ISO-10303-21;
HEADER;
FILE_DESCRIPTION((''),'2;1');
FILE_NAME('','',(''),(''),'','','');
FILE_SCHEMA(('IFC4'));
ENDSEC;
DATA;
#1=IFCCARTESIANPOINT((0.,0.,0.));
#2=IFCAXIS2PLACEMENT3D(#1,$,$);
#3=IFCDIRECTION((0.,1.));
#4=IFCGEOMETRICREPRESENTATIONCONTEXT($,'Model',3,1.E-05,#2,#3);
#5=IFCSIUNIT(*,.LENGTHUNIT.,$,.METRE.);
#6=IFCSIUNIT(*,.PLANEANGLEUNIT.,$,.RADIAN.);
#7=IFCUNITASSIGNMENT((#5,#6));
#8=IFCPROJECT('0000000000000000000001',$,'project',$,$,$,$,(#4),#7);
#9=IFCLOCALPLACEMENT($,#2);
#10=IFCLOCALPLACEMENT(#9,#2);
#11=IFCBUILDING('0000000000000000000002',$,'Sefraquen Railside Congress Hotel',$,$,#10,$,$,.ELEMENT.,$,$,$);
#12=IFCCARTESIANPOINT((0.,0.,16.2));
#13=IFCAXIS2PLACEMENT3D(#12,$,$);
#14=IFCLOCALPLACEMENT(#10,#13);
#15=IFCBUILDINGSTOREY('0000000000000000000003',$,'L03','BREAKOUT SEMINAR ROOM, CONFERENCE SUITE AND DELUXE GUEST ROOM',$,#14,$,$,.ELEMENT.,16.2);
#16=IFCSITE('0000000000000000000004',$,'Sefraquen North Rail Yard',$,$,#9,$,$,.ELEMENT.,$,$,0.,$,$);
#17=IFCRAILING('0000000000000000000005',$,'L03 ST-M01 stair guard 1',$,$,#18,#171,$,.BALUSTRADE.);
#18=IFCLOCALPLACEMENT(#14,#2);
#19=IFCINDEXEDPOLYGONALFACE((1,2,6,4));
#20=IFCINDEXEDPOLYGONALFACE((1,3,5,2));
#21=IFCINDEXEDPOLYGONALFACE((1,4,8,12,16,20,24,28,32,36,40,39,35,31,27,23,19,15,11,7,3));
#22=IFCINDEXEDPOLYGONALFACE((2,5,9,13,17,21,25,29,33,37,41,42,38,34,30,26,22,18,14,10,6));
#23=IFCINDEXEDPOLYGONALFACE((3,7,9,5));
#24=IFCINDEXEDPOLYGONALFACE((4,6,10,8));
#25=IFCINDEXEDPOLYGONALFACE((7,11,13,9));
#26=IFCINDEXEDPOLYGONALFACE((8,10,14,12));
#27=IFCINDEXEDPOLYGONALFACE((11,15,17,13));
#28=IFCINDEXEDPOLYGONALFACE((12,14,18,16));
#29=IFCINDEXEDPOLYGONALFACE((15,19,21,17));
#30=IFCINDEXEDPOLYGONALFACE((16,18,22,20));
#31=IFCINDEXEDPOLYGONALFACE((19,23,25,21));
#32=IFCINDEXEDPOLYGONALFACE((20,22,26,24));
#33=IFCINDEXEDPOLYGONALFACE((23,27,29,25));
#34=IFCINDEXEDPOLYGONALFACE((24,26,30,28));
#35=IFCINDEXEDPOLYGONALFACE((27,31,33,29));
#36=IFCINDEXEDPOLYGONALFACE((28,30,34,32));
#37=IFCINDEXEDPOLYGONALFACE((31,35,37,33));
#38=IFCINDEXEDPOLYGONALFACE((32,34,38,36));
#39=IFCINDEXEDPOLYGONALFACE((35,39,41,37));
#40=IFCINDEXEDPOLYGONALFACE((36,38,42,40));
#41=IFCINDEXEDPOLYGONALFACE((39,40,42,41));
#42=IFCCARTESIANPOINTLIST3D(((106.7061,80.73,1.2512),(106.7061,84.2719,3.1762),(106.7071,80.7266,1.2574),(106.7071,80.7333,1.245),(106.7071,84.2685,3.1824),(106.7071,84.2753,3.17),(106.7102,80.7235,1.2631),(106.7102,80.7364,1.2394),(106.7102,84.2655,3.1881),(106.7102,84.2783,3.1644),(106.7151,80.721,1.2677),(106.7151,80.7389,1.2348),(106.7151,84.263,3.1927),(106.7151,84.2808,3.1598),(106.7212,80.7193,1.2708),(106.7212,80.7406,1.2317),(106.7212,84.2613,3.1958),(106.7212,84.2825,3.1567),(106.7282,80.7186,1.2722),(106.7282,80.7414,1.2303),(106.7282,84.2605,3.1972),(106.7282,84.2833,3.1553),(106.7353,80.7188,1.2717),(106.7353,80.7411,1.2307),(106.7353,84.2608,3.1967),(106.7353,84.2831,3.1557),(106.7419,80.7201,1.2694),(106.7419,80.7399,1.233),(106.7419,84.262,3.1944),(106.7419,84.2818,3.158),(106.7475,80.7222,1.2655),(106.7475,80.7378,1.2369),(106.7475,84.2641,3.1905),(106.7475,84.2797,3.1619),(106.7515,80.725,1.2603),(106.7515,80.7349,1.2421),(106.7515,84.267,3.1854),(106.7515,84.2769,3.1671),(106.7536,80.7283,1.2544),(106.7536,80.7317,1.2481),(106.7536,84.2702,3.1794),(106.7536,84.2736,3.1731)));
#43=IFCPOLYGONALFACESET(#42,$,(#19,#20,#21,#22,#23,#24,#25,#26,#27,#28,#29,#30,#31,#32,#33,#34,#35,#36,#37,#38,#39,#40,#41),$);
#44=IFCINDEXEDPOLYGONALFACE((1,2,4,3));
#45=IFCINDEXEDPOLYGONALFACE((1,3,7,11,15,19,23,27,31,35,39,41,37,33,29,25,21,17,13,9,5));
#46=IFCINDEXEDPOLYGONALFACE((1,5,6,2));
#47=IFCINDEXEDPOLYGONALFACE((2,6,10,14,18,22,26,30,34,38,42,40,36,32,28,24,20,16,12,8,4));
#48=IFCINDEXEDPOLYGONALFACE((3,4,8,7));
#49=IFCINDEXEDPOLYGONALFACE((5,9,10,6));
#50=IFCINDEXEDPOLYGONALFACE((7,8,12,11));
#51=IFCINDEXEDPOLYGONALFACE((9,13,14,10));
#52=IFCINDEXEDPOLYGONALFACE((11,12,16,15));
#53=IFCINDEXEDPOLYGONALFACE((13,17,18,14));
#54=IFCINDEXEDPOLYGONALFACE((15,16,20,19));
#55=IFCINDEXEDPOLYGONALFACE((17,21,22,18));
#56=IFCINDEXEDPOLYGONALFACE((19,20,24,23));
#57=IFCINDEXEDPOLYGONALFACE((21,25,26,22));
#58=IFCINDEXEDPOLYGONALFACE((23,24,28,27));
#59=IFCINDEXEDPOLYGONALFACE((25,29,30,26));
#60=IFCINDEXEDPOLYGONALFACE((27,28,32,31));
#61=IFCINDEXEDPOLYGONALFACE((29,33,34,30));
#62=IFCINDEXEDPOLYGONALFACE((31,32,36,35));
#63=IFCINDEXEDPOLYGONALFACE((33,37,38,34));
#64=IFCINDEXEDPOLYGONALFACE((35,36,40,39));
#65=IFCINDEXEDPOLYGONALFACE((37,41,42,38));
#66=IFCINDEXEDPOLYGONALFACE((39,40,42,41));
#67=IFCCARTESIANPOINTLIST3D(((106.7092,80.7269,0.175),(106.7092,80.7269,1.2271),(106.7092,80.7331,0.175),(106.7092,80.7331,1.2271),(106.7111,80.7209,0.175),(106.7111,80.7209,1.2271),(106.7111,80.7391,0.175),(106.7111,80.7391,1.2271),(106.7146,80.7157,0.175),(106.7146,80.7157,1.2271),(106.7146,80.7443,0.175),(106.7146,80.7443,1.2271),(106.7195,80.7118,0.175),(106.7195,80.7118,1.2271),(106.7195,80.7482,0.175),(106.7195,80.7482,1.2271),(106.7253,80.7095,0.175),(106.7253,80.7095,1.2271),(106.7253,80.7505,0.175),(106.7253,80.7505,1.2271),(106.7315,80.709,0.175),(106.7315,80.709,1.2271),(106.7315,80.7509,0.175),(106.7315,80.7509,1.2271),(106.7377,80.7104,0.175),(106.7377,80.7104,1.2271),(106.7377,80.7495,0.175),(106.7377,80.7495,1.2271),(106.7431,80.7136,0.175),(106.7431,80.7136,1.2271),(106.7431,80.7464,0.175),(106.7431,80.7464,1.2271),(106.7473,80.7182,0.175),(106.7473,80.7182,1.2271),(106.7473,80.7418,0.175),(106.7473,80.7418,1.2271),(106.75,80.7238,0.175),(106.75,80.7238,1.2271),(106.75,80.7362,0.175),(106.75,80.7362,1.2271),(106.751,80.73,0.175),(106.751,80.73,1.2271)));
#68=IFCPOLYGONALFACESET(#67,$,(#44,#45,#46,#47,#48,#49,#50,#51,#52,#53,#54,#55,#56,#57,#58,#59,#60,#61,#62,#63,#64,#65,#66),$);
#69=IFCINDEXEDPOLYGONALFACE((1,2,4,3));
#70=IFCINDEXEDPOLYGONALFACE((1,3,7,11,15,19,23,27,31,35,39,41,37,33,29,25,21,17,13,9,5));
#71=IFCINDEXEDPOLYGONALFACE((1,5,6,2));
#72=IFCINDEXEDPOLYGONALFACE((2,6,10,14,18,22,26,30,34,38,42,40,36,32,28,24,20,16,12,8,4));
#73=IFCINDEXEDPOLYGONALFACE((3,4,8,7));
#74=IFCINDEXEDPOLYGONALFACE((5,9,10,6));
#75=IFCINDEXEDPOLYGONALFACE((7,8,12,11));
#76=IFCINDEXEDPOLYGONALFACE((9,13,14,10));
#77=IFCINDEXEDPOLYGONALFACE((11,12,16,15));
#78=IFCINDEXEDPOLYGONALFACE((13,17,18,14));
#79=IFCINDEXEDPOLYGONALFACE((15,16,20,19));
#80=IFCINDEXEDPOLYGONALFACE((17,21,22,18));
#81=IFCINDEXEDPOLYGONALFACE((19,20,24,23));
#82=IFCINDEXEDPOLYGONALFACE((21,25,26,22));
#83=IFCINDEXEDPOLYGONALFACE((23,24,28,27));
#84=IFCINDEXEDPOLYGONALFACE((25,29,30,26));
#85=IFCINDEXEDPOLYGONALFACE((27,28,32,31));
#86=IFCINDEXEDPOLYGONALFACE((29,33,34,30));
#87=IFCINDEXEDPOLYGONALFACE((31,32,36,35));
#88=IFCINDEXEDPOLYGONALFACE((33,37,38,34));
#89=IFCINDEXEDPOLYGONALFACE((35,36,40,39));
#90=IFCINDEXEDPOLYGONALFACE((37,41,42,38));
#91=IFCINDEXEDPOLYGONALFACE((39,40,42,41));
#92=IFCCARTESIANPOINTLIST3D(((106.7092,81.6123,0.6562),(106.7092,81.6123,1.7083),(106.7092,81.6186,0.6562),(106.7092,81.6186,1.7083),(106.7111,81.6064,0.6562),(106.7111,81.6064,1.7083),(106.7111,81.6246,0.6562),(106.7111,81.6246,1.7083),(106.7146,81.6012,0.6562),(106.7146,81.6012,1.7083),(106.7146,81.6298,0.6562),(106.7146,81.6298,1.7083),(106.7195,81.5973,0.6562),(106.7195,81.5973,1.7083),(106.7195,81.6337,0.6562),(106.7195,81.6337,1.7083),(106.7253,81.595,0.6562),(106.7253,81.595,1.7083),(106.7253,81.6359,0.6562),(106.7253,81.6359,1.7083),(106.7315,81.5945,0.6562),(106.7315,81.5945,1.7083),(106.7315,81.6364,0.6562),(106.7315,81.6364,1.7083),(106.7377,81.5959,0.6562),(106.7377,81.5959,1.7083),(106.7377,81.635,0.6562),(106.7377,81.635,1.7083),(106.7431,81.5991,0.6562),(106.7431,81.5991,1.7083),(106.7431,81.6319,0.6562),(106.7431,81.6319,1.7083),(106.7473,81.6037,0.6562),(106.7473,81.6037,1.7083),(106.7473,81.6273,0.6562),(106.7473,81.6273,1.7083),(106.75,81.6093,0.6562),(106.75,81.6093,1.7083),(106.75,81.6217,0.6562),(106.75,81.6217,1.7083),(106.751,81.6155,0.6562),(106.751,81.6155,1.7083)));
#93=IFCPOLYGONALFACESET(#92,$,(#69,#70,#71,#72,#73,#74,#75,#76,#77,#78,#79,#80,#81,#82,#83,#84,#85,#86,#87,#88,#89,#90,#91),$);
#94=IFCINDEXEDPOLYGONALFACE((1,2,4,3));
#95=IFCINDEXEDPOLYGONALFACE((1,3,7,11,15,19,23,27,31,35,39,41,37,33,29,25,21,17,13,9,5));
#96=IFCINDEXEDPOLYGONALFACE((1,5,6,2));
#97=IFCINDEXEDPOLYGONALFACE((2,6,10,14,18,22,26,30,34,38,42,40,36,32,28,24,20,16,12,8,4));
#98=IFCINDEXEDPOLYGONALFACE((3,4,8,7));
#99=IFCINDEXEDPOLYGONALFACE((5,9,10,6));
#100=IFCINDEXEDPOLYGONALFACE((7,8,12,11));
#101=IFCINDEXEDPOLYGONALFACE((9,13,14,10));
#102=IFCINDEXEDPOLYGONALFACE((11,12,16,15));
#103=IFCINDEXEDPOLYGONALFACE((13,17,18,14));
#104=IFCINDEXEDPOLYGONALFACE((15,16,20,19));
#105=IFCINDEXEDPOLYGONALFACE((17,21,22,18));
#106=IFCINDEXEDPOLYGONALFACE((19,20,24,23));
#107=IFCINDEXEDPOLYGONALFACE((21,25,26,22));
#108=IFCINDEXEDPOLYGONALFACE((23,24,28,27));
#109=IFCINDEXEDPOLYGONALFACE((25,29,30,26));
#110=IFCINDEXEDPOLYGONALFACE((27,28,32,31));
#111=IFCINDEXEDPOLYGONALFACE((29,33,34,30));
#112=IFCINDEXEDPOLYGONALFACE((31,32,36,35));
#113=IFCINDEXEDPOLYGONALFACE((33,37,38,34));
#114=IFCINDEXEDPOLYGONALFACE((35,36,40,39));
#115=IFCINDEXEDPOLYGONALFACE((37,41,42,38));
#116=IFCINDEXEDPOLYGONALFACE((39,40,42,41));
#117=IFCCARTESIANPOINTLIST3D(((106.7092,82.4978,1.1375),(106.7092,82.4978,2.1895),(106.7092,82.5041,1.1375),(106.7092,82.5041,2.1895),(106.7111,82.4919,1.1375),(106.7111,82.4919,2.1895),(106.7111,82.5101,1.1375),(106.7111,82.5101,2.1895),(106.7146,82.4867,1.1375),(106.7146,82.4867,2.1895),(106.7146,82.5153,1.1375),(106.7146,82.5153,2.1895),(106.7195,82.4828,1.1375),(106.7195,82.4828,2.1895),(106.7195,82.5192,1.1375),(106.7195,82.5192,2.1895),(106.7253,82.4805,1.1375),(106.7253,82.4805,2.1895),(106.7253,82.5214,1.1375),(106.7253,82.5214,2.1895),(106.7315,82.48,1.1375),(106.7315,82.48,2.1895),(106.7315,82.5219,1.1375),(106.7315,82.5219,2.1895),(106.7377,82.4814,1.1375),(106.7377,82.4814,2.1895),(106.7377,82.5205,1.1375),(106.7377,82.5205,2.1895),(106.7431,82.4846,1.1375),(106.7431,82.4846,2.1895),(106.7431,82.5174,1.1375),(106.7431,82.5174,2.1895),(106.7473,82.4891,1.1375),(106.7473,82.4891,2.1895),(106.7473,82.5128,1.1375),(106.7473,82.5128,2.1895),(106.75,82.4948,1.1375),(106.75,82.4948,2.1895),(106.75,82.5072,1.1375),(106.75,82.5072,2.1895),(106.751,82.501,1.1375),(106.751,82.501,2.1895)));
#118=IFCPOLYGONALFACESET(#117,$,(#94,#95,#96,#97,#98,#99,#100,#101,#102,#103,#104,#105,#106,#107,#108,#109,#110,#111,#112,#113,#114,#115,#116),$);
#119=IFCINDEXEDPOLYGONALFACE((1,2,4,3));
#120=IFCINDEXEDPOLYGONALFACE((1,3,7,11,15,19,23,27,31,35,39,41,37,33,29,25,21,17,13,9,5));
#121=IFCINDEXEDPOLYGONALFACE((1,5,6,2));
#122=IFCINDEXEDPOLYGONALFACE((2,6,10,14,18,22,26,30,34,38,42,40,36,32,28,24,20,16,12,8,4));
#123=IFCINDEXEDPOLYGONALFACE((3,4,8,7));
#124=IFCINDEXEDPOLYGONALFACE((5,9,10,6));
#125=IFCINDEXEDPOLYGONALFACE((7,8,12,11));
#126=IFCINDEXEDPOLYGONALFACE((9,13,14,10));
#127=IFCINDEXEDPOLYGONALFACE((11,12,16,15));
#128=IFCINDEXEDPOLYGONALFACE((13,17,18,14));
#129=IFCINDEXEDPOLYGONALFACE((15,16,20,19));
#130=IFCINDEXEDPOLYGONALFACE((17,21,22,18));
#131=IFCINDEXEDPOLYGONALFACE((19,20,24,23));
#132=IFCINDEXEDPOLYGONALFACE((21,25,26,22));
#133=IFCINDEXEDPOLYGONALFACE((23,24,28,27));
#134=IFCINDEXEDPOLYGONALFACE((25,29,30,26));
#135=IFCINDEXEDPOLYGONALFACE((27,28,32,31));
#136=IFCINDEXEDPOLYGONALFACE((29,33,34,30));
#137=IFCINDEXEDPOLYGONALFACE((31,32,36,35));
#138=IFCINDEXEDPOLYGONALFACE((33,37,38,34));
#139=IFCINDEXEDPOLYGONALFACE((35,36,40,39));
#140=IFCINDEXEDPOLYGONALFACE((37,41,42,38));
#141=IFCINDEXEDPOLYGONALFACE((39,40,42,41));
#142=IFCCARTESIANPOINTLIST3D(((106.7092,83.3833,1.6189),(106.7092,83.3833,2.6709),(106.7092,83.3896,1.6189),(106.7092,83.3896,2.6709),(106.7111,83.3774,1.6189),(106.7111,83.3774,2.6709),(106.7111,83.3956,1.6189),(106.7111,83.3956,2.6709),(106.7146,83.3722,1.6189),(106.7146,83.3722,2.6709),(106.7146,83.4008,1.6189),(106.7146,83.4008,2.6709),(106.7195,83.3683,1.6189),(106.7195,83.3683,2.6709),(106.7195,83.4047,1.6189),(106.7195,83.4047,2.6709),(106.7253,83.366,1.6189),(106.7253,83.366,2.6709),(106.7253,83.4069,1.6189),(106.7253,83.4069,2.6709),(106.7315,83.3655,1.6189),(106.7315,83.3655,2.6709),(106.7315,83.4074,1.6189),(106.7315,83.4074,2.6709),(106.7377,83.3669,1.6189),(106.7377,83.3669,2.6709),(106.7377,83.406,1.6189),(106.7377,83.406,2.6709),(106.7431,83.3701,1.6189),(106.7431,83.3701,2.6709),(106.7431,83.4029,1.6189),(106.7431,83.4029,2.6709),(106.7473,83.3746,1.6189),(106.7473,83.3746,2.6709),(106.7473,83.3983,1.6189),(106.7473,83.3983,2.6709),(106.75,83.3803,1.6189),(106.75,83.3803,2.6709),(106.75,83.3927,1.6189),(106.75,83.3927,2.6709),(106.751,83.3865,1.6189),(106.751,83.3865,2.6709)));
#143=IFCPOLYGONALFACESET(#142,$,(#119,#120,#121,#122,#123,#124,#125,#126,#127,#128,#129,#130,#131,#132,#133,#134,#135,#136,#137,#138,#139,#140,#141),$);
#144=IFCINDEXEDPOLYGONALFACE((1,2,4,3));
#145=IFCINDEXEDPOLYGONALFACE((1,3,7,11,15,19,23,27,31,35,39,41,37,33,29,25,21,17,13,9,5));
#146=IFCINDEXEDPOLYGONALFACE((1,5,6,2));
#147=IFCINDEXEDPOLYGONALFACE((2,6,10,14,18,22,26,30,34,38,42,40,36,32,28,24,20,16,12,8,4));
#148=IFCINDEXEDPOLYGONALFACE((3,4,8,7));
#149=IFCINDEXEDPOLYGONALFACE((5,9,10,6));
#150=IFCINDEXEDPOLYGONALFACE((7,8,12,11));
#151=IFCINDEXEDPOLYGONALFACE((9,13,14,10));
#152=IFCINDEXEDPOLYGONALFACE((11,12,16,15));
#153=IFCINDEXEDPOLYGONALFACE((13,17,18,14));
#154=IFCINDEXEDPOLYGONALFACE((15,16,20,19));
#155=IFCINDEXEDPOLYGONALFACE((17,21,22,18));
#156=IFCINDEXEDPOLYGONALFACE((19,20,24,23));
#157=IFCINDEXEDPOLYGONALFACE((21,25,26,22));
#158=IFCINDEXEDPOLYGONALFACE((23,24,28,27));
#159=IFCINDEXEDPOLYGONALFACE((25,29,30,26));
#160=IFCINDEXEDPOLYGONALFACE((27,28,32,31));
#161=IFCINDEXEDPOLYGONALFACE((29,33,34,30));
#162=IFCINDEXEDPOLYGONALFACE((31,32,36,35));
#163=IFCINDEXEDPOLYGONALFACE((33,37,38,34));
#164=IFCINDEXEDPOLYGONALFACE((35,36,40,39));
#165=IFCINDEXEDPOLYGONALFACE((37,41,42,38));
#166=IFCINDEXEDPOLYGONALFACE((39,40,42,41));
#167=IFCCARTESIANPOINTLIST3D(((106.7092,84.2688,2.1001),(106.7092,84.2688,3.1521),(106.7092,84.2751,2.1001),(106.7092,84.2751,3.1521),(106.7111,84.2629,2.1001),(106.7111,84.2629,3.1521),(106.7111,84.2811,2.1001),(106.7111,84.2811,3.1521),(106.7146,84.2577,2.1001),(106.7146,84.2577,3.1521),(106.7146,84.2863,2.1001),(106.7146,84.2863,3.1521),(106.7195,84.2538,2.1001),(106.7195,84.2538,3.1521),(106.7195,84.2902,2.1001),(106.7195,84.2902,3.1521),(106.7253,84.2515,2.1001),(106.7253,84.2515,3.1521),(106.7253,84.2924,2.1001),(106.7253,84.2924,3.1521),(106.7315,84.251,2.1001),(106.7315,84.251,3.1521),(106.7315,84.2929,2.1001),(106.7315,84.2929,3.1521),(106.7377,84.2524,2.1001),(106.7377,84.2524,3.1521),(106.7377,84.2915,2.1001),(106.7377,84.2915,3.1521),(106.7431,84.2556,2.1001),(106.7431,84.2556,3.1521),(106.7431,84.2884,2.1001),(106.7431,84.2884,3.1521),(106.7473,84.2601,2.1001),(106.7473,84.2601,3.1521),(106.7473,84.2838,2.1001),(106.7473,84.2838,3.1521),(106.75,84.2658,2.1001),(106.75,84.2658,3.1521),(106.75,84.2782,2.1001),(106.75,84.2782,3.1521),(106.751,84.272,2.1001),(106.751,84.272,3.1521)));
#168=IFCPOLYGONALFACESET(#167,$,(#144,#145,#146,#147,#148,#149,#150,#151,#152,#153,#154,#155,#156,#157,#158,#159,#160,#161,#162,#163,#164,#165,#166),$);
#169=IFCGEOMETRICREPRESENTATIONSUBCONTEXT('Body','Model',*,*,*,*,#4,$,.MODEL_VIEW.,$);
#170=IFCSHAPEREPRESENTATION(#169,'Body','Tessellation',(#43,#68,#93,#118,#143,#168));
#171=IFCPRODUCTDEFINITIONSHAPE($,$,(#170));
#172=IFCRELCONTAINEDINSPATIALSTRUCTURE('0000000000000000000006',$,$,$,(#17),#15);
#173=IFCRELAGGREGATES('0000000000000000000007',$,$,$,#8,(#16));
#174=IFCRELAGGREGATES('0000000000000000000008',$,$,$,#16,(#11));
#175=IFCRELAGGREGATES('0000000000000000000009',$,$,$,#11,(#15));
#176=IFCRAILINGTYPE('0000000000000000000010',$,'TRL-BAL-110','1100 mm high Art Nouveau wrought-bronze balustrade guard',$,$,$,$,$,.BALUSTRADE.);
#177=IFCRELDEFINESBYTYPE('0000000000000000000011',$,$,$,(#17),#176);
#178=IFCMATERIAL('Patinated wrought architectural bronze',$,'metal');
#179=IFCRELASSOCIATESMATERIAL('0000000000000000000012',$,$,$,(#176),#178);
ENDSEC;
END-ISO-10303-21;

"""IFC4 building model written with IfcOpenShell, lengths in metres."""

from ifc_helpers import new_model, si_unit, direction, frame, origin, origin_2d, place, context, subcontext, project, spatial, circle, extrude, material, type_object, element, save


model = new_model("IFC4")

# Units and contexts
model_context = context("Model", 3, precision=1e-05, world=origin(), true_north=direction((0.0, 1.0)))
body_context = subcontext(model_context, "Body", "Model", "MODEL_VIEW")
ifc_project = project(units=[si_unit("LENGTHUNIT", "METRE"), si_unit("PLANEANGLEUNIT", "RADIAN")], contexts=[model_context])

# Site, building, storey
site_placement = place(None, origin())
site = spatial("IfcSite", under=ifc_project, at=site_placement, Name="Sefraquen North Rail Yard", CompositionType="ELEMENT", RefElevation=0.0)
building_placement = place(site_placement, origin())
building = spatial("IfcBuilding", under=site, at=building_placement, Name="Sefraquen Railside Congress Hotel", CompositionType="ELEMENT")
storey_placement = place(building_placement, frame((0.0, 0.0, 16.2)))
storey = spatial("IfcBuildingStorey", under=building, at=storey_placement, Name="L03", Description="BREAKOUT SEMINAR ROOM, CONFERENCE SUITE AND DELUXE GUEST ROOM", CompositionType="ELEMENT", Elevation=16.2)

# Railing
ifc_material_1 = material(Name="Patinated wrought architectural bronze", Category="metal")
railing_type_1 = type_object("IfcRailingType", Name="TRL-BAL-110", Description="1100 mm high Art Nouveau wrought-bronze balustrade guard", PredefinedType="BALUSTRADE", material=ifc_material_1)
railing_1_placement = place(storey_placement, frame((106.73, 80.73, 0.175)))
element("IfcRailing", 1, at=railing_1_placement, inside=storey, type_object=railing_type_1, Name="L03 ST-M01 stair guard 1", PredefinedType="BALUSTRADE", context=body_context, shape_type="SweptSolid", body=[
    extrude(circle(Radius=0.0239, at=origin_2d()), frame((0.0, 0.0, 1.0762), z_axis=(0.0, 0.878619, 0.477523), x_axis=(-1.0, 0.0, 0.0)), (0.0, 0.0, 1.0), 4.0312),
    extrude(circle(Radius=0.021, at=origin_2d()), origin(), (0.0, 0.0, 1.0), 1.052),
    extrude(circle(Radius=0.021, at=origin_2d()), frame((0.0, 0.8855, 0.4812)), (0.0, 0.0, 1.0), 1.052),
    extrude(circle(Radius=0.021, at=origin_2d()), frame((0.0, 1.771, 0.9624)), (0.0, 0.0, 1.0), 1.052),
    extrude(circle(Radius=0.021, at=origin_2d()), frame((0.0, 2.6565, 1.4438)), (0.0, 0.0, 1.0), 1.052),
    extrude(circle(Radius=0.021, at=origin_2d()), frame((0.0, 3.542, 1.925)), (0.0, 0.0, 1.0), 1.052),
])

save(model, "model.ifc")
